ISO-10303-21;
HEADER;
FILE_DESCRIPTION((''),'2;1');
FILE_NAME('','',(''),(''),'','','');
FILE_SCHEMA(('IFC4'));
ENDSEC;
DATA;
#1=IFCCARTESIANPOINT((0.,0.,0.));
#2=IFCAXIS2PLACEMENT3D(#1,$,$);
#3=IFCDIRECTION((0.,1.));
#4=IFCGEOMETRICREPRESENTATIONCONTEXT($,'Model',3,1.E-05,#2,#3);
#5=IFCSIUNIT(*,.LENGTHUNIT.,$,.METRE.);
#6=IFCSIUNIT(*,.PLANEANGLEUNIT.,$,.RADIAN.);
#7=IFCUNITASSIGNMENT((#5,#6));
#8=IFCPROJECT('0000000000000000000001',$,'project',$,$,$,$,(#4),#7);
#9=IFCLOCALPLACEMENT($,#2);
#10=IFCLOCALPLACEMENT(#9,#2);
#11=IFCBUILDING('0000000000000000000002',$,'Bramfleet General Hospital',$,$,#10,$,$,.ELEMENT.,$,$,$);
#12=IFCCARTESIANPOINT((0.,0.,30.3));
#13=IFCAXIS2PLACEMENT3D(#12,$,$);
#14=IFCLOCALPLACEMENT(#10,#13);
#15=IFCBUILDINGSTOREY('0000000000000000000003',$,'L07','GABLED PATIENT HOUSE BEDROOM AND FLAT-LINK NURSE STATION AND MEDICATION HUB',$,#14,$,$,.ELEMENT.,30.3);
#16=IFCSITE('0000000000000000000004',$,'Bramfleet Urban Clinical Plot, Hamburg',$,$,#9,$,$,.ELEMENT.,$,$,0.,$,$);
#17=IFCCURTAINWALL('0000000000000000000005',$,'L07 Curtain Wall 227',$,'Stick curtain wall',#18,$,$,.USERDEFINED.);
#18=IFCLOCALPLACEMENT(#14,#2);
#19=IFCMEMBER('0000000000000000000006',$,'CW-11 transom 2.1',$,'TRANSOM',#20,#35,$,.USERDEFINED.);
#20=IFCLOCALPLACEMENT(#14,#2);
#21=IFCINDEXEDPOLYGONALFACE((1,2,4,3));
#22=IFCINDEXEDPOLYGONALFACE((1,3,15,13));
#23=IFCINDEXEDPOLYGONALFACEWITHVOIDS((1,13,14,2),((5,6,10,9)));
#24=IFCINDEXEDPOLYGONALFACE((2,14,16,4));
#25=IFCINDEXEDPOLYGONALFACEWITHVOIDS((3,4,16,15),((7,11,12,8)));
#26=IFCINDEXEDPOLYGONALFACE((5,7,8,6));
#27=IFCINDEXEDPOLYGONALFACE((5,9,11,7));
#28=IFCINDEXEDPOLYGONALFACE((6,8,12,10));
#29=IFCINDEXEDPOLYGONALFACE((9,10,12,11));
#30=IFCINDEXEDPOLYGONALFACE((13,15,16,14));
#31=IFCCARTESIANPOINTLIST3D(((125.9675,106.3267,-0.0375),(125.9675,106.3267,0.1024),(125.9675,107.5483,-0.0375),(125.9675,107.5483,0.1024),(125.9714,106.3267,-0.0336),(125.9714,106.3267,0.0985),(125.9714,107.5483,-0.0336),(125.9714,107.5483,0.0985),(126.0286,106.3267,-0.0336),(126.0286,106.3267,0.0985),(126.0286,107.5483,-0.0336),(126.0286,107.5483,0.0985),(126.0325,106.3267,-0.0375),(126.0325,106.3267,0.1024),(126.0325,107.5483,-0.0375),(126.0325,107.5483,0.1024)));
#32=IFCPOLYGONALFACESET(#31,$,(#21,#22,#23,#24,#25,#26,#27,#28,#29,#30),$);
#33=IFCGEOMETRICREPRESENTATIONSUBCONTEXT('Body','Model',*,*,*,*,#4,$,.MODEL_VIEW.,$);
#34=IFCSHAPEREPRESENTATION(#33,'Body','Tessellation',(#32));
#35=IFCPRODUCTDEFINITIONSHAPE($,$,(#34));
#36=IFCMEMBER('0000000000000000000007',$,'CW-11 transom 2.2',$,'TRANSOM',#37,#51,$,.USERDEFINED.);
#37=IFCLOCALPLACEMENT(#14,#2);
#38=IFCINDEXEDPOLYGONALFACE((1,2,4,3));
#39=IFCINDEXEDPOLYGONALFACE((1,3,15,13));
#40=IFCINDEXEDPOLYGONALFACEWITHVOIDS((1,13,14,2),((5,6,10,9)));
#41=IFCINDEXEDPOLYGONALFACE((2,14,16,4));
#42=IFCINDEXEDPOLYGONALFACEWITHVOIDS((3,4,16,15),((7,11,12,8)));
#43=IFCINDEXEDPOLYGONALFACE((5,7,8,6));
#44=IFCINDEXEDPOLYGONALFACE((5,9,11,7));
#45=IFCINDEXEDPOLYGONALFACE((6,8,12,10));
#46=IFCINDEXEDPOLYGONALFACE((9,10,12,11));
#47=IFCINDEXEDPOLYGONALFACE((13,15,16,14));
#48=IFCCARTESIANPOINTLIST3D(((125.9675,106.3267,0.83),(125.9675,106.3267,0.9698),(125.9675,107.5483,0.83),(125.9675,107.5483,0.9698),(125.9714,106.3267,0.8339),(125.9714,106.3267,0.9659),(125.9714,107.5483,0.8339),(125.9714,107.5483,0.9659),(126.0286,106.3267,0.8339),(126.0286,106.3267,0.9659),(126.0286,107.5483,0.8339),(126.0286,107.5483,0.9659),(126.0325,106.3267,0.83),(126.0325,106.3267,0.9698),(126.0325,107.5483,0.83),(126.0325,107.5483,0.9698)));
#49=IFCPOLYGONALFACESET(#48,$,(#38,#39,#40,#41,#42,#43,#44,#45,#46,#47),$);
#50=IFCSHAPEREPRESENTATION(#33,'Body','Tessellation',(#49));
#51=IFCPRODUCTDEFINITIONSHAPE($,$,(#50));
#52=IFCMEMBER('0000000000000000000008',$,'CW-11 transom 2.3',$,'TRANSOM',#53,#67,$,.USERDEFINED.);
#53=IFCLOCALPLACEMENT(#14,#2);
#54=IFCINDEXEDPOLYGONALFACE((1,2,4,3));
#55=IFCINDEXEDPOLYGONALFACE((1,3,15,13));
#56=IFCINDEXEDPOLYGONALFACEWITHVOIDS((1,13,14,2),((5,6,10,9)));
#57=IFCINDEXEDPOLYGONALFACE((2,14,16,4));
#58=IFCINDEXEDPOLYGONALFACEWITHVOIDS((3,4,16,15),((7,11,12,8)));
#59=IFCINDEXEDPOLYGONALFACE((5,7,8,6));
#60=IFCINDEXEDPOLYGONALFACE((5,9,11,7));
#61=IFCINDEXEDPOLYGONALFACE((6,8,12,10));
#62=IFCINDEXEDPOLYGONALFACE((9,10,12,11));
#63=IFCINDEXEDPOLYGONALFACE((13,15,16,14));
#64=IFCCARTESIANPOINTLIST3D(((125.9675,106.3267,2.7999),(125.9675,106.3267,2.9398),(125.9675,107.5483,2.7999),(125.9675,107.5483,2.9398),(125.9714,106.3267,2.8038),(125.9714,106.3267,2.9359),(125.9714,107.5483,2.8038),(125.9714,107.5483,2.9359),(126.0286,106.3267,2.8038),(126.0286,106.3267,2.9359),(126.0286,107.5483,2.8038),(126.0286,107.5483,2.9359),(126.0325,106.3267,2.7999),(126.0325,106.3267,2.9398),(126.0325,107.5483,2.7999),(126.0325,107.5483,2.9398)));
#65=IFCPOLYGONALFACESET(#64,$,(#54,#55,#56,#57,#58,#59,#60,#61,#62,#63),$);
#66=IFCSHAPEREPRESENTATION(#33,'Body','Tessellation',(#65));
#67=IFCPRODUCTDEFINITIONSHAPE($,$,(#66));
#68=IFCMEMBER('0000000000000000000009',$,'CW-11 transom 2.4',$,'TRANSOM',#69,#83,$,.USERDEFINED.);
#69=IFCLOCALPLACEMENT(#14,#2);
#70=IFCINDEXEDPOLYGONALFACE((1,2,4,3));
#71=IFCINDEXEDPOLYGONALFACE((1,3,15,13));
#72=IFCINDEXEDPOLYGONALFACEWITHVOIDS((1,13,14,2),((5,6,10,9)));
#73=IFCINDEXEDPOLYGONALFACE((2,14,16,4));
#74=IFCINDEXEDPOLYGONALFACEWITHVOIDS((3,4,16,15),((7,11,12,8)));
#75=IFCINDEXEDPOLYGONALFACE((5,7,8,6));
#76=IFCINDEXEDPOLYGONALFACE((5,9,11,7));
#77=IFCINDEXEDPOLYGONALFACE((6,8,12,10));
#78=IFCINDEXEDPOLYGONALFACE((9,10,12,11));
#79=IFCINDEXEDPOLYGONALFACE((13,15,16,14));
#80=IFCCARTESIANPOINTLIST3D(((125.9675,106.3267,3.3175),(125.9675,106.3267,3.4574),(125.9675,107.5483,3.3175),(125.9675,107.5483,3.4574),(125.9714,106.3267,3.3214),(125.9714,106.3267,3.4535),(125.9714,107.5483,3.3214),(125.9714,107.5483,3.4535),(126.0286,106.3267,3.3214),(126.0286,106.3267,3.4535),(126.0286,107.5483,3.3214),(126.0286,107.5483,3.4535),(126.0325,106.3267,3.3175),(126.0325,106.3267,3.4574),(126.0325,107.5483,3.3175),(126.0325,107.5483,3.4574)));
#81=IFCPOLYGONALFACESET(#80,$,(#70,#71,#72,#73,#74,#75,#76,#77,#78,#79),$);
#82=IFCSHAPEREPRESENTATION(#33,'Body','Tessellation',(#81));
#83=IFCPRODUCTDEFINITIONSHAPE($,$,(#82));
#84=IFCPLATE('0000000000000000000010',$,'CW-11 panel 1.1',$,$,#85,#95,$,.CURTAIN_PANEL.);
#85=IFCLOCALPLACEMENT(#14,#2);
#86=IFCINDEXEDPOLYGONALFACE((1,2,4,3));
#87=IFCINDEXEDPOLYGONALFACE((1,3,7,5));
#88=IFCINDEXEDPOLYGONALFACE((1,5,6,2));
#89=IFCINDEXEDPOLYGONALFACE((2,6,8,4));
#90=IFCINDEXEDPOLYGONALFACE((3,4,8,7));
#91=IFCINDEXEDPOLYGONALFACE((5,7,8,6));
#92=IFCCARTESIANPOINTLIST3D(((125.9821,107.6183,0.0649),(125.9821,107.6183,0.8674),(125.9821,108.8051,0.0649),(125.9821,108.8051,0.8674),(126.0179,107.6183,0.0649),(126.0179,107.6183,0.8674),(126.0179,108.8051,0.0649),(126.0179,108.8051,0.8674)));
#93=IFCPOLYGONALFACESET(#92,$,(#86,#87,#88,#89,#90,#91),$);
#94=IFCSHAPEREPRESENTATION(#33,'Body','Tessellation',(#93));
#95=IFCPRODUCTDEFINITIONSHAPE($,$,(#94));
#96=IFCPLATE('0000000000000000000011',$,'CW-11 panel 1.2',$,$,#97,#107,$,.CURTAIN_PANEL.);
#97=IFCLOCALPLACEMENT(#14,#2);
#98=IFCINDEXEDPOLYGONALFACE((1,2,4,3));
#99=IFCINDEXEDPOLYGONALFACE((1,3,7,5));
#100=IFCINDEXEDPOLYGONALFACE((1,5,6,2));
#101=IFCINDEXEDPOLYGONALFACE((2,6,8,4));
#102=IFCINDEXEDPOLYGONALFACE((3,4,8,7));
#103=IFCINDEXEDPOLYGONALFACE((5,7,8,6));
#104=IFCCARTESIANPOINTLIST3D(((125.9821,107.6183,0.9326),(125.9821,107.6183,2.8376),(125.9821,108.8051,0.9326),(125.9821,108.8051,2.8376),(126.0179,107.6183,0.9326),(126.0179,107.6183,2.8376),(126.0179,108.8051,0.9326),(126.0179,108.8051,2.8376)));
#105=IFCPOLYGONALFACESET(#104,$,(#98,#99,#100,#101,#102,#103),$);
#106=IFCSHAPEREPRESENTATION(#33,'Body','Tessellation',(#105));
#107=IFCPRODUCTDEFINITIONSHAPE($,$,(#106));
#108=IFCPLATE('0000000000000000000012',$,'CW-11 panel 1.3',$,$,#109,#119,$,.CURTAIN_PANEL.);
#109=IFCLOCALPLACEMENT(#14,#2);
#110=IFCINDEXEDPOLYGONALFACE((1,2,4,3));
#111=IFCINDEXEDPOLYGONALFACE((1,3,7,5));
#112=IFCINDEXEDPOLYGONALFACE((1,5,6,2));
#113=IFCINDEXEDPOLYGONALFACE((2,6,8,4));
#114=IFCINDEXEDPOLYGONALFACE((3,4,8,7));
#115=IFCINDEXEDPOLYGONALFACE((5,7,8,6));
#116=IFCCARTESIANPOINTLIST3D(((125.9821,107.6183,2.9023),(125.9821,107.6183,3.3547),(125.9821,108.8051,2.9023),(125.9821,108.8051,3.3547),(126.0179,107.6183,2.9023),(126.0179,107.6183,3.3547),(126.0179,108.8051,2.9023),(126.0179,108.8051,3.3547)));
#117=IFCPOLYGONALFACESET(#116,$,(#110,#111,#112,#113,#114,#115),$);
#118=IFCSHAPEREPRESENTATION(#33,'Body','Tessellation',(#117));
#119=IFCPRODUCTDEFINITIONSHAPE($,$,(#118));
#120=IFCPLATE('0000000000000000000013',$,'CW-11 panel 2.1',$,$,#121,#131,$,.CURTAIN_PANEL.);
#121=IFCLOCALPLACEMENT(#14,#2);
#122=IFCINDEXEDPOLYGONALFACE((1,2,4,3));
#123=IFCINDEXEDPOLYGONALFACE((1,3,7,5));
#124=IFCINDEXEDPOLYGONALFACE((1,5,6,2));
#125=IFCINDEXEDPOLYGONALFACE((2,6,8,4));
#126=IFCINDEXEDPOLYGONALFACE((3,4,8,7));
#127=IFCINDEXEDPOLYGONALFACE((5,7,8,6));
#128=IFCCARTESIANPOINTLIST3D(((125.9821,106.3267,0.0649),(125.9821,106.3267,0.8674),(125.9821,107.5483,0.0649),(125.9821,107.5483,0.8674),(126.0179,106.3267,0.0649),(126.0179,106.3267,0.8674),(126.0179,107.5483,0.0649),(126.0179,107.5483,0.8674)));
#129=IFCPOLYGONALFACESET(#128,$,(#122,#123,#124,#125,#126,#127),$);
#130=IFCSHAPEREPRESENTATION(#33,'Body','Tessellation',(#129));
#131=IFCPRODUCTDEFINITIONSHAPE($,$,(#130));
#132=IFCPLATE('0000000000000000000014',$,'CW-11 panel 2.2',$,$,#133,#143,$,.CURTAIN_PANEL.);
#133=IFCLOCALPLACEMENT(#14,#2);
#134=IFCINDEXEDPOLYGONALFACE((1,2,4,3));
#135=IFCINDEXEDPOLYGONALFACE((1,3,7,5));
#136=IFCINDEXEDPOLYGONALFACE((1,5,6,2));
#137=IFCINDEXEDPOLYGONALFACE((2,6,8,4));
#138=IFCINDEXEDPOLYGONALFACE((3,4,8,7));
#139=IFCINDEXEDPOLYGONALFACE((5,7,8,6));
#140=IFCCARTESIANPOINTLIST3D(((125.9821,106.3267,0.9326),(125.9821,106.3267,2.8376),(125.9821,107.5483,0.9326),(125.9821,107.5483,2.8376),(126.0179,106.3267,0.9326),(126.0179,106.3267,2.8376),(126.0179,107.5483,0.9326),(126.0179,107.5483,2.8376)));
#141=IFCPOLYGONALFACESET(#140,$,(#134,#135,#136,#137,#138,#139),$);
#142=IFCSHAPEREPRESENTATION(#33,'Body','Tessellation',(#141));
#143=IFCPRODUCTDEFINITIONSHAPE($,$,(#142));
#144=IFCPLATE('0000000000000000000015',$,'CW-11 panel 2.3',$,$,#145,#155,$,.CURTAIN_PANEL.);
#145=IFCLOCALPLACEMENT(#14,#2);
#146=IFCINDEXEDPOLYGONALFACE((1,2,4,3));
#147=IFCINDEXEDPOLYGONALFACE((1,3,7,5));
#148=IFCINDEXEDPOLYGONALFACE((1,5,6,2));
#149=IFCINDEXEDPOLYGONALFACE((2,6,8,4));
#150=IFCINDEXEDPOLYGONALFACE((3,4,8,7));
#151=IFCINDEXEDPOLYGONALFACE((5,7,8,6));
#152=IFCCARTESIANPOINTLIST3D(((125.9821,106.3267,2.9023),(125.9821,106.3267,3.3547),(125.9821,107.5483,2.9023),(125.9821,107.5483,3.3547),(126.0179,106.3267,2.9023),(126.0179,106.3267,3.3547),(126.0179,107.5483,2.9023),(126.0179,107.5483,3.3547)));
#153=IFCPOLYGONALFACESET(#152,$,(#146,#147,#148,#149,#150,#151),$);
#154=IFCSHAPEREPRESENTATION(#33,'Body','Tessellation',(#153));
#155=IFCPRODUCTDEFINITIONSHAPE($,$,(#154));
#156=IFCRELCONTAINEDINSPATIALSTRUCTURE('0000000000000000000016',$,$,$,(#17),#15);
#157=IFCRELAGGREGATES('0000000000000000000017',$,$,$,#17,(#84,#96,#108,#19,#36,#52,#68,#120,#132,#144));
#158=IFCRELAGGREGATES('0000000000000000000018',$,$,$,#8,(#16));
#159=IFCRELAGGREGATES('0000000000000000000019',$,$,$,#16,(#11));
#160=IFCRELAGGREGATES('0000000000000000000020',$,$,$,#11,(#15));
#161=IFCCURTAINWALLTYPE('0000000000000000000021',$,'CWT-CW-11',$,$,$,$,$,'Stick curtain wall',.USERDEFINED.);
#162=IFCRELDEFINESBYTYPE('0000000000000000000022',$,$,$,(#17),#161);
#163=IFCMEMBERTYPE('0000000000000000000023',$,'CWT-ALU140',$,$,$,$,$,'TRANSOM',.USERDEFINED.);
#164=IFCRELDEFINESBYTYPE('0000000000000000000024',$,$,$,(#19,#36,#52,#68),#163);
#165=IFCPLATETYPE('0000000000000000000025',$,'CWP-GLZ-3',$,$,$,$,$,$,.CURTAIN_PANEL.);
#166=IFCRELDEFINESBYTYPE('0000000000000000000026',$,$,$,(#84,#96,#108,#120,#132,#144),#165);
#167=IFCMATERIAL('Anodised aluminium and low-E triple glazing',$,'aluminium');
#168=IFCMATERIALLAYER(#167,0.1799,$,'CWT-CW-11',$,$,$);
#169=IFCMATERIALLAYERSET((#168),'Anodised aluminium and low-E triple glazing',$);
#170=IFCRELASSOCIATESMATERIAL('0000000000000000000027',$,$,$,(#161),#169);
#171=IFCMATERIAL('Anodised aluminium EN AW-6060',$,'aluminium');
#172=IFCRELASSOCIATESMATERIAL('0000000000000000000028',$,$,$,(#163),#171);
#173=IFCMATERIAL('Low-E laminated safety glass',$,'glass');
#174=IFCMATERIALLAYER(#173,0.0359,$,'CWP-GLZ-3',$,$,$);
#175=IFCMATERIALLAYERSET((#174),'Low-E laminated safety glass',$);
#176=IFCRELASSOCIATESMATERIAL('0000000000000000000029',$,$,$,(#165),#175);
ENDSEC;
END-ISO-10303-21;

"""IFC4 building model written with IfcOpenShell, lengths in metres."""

from ifc_helpers import new_model, si_unit, direction, frame, origin, origin_2d, place, context, subcontext, project, spatial, rectangle, hollow_rectangle, extrude, material, layer, layer_set, material_profile, profile_set, type_object, element, aggregate, save


model = new_model("IFC4")

# Units and contexts
model_context = context("Model", 3, precision=1e-05, world=origin(), true_north=direction((0.0, 1.0)))
body_context = subcontext(model_context, "Body", "Model", "MODEL_VIEW")
ifc_project = project(units=[si_unit("LENGTHUNIT", "METRE"), si_unit("PLANEANGLEUNIT", "RADIAN")], contexts=[model_context])

# Site, building, storey
site_placement = place(None, origin())
site = spatial("IfcSite", under=ifc_project, at=site_placement, Name="Bramfleet Urban Clinical Plot, Hamburg", CompositionType="ELEMENT", RefElevation=0.0)
building_placement = place(site_placement, origin())
building = spatial("IfcBuilding", under=site, at=building_placement, Name="Bramfleet General Hospital", CompositionType="ELEMENT")
storey_placement = place(building_placement, frame((0.0, 0.0, 30.3)))
storey = spatial("IfcBuildingStorey", under=building, at=storey_placement, Name="L07", Description="GABLED PATIENT HOUSE BEDROOM AND FLAT-LINK NURSE STATION AND MEDICATION HUB", CompositionType="ELEMENT", Elevation=30.3)

# Curtain wall, members, plates
ifc_material_1 = material(Name="Anodised aluminium and low-E triple glazing", Category="aluminium")
ifc_layer_1 = layer(ifc_material_1, 0.1799, Name="CWT-CW-11")
ifc_layer_set_1 = layer_set([ifc_layer_1], Name="Anodised aluminium and low-E triple glazing")
curtain_wall_type = type_object("IfcCurtainWallType", Name="CWT-CW-11", ElementType="Stick curtain wall", PredefinedType="USERDEFINED", material=ifc_layer_set_1)
curtain_wall_placement = place(storey_placement, origin())
curtain_wall = element("IfcCurtainWall", 1, at=curtain_wall_placement, inside=storey, type_object=curtain_wall_type, Name="L07 Curtain Wall 227", ObjectType="Stick curtain wall", PredefinedType="USERDEFINED")
ifc_material_2 = material(Name="Anodised aluminium EN AW-6060", Category="aluminium")
ifc_material_profile_1 = material_profile(ifc_material_2, hollow_rectangle(XDim=0.0649, YDim=0.1399, WallThickness=0.0039, at=origin_2d()), Name="ALU 140x65x4.0")
ifc_profile_set_1 = profile_set([ifc_material_profile_1], Name="Anodised aluminium EN AW-6060")
member_type_1 = type_object("IfcMemberType", Name="CWT-ALU140", ElementType="TRANSOM", PredefinedType="USERDEFINED", material=ifc_profile_set_1)
member_1_placement = place(storey_placement, frame((126.0, 107.5483, 0.0325), z_axis=(0.0, -1.0, 0.0), x_axis=(1.0, 0.0, 0.0)))
member_1 = element("IfcMember", 2, at=member_1_placement, type_object=member_type_1, Name="CW-11 transom 2.1", ObjectType="TRANSOM", PredefinedType="USERDEFINED", context=body_context, shape_type="SweptSolid", body=[
    extrude(hollow_rectangle(XDim=0.0649, YDim=0.1399, WallThickness=0.0039, at=origin_2d()), origin(), (0.0, 0.0, 1.0), 1.2217),
])
member_2_placement = place(storey_placement, frame((126.0, 107.5483, 0.8999), z_axis=(0.0, -1.0, 0.0), x_axis=(1.0, 0.0, 0.0)))
member_2 = element("IfcMember", 3, at=member_2_placement, type_object=member_type_1, Name="CW-11 transom 2.2", ObjectType="TRANSOM", PredefinedType="USERDEFINED", context=body_context, shape_type="SweptSolid", body=[
    extrude(hollow_rectangle(XDim=0.0649, YDim=0.1399, WallThickness=0.0039, at=origin_2d()), origin(), (0.0, 0.0, 1.0), 1.2217),
])
member_3_placement = place(storey_placement, frame((126.0, 107.5483, 2.8699), z_axis=(0.0, -1.0, 0.0), x_axis=(1.0, 0.0, 0.0)))
member_3 = element("IfcMember", 4, at=member_3_placement, type_object=member_type_1, Name="CW-11 transom 2.3", ObjectType="TRANSOM", PredefinedType="USERDEFINED", context=body_context, shape_type="SweptSolid", body=[
    extrude(hollow_rectangle(XDim=0.0649, YDim=0.1399, WallThickness=0.0039, at=origin_2d()), origin(), (0.0, 0.0, 1.0), 1.2217),
])
member_4_placement = place(storey_placement, frame((126.0, 107.5483, 3.3875), z_axis=(0.0, -1.0, 0.0), x_axis=(1.0, 0.0, 0.0)))
member_4 = element("IfcMember", 5, at=member_4_placement, type_object=member_type_1, Name="CW-11 transom 2.4", ObjectType="TRANSOM", PredefinedType="USERDEFINED", context=body_context, shape_type="SweptSolid", body=[
    extrude(hollow_rectangle(XDim=0.0649, YDim=0.1399, WallThickness=0.0039, at=origin_2d()), origin(), (0.0, 0.0, 1.0), 1.2217),
])
ifc_material_3 = material(Name="Low-E laminated safety glass", Category="glass")
ifc_layer_2 = layer(ifc_material_3, 0.0359, Name="CWP-GLZ-3")
ifc_layer_set_2 = layer_set([ifc_layer_2], Name="Low-E laminated safety glass")
plate_type = type_object("IfcPlateType", Name="CWP-GLZ-3", PredefinedType="CURTAIN_PANEL", material=ifc_layer_set_2)
plate_1_placement = place(storey_placement, frame((126.0, 108.2117, 0.0649), z_axis=(0.0, 0.0, 1.0), x_axis=(0.0, -1.0, 0.0)))
plate_1 = element("IfcPlate", 6, at=plate_1_placement, type_object=plate_type, Name="CW-11 panel 1.1", PredefinedType="CURTAIN_PANEL", context=body_context, shape_type="SweptSolid", body=[
    extrude(rectangle(XDim=1.1868, YDim=0.0359, at=origin_2d()), origin(), (0.0, 0.0, 1.0), 0.8025),
])
plate_2_placement = place(storey_placement, frame((126.0, 108.2117, 0.9326), z_axis=(0.0, 0.0, 1.0), x_axis=(0.0, -1.0, 0.0)))
plate_2 = element("IfcPlate", 7, at=plate_2_placement, type_object=plate_type, Name="CW-11 panel 1.2", PredefinedType="CURTAIN_PANEL", context=body_context, shape_type="SweptSolid", body=[
    extrude(rectangle(XDim=1.1868, YDim=0.0359, at=origin_2d()), origin(), (0.0, 0.0, 1.0), 1.905),
])
plate_3_placement = place(storey_placement, frame((126.0, 108.2117, 2.9023), z_axis=(0.0, 0.0, 1.0), x_axis=(0.0, -1.0, 0.0)))
plate_3 = element("IfcPlate", 8, at=plate_3_placement, type_object=plate_type, Name="CW-11 panel 1.3", PredefinedType="CURTAIN_PANEL", context=body_context, shape_type="SweptSolid", body=[
    extrude(rectangle(XDim=1.1868, YDim=0.0359, at=origin_2d()), origin(), (0.0, 0.0, 1.0), 0.4524),
])
plate_4_placement = place(storey_placement, frame((126.0, 106.9375, 0.0649), z_axis=(0.0, 0.0, 1.0), x_axis=(0.0, -1.0, 0.0)))
plate_4 = element("IfcPlate", 9, at=plate_4_placement, type_object=plate_type, Name="CW-11 panel 2.1", PredefinedType="CURTAIN_PANEL", context=body_context, shape_type="SweptSolid", body=[
    extrude(rectangle(XDim=1.2217, YDim=0.0359, at=origin_2d()), origin(), (0.0, 0.0, 1.0), 0.8025),
])
plate_5_placement = place(storey_placement, frame((126.0, 106.9375, 0.9326), z_axis=(0.0, 0.0, 1.0), x_axis=(0.0, -1.0, 0.0)))
plate_5 = element("IfcPlate", 10, at=plate_5_placement, type_object=plate_type, Name="CW-11 panel 2.2", PredefinedType="CURTAIN_PANEL", context=body_context, shape_type="SweptSolid", body=[
    extrude(rectangle(XDim=1.2217, YDim=0.0359, at=origin_2d()), origin(), (0.0, 0.0, 1.0), 1.905),
])
plate_6_placement = place(storey_placement, frame((126.0, 106.9375, 2.9023), z_axis=(0.0, 0.0, 1.0), x_axis=(0.0, -1.0, 0.0)))
plate_6 = element("IfcPlate", 11, at=plate_6_placement, type_object=plate_type, Name="CW-11 panel 2.3", PredefinedType="CURTAIN_PANEL", context=body_context, shape_type="SweptSolid", body=[
    extrude(rectangle(XDim=1.2217, YDim=0.0359, at=origin_2d()), origin(), (0.0, 0.0, 1.0), 0.4524),
])
aggregate(curtain_wall, [plate_1, plate_2, plate_3, member_1, member_2, member_3, member_4, plate_4, plate_5, plate_6])

save(model, "model.ifc")
